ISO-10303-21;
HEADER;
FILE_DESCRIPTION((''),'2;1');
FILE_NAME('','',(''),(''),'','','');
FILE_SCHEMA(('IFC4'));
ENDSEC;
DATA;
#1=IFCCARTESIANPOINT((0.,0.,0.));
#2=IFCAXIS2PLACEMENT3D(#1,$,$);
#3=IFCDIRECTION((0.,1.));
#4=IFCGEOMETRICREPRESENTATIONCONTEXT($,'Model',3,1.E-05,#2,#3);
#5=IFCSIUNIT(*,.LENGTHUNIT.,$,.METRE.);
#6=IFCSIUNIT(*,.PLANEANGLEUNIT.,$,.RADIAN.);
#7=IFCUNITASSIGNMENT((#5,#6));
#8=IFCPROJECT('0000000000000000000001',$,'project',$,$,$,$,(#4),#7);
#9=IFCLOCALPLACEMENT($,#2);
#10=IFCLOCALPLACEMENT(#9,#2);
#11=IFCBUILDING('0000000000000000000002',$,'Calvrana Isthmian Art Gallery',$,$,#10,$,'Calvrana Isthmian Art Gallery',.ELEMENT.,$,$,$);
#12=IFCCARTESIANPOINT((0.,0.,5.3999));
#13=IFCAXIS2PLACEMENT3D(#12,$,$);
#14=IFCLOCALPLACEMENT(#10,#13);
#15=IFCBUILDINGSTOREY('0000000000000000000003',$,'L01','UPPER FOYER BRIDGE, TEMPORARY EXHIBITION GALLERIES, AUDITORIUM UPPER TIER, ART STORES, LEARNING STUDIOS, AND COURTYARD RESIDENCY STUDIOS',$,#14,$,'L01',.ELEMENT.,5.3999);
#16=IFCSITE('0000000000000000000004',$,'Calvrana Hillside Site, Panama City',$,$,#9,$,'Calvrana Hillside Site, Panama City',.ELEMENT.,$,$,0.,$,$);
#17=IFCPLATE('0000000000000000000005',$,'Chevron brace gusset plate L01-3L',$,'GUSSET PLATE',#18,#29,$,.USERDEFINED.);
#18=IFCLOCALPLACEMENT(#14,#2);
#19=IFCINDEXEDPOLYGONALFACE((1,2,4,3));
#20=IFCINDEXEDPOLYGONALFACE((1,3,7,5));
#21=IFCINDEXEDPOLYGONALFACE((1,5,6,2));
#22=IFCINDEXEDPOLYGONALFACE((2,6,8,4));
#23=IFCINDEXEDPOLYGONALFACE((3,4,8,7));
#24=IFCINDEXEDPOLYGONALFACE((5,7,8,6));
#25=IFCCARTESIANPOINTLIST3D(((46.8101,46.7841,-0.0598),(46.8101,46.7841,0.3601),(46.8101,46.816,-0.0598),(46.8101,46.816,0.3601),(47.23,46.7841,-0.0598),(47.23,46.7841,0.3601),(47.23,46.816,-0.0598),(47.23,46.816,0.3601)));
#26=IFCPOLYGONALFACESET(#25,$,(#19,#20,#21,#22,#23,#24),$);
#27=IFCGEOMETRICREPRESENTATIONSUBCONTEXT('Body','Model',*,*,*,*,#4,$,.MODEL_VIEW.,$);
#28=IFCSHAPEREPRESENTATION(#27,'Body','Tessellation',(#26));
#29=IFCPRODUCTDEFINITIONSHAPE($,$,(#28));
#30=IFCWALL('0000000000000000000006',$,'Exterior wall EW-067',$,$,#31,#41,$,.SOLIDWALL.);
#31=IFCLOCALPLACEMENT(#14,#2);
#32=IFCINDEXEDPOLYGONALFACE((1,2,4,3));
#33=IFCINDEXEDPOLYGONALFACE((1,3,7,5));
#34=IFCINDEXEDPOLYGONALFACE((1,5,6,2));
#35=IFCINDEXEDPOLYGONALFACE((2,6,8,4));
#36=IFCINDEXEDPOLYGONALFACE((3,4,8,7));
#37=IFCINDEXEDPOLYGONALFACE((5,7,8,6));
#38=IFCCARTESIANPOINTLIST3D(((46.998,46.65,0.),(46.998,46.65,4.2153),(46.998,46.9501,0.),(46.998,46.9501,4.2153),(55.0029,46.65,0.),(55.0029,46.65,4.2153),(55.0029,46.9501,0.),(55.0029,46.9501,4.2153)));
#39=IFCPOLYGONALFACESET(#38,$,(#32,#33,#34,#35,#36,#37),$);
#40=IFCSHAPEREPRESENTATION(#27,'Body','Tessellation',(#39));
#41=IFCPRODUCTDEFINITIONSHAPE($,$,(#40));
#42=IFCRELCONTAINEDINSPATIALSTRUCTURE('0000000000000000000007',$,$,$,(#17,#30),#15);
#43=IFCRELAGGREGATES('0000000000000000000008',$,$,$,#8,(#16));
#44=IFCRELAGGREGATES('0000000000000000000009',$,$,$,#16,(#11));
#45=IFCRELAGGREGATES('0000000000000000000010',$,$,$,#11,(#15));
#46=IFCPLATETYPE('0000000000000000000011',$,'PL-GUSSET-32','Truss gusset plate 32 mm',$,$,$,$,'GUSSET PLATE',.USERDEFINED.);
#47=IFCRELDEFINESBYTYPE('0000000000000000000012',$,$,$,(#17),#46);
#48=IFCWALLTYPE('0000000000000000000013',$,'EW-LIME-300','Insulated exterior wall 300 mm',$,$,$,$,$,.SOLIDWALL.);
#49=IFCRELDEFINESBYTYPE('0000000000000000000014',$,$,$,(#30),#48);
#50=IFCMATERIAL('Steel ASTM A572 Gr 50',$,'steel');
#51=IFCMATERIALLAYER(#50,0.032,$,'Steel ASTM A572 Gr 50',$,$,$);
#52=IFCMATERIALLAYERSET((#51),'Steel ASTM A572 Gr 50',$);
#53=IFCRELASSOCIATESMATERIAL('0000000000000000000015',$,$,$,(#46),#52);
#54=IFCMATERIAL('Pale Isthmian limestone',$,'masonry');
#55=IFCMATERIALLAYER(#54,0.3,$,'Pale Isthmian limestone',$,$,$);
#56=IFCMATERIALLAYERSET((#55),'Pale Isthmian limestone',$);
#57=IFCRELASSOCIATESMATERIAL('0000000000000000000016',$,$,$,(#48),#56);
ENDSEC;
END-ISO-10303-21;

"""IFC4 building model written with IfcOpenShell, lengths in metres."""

from ifc_helpers import new_model, si_unit, direction, frame, frame_2d, origin, origin_2d, place, context, subcontext, project, spatial, rectangle, extrude, material, layer, layer_set, type_object, element, save


model = new_model("IFC4")

# Units and contexts
model_context = context("Model", 3, precision=1e-05, world=origin(), true_north=direction((0.0, 1.0)))
body_context = subcontext(model_context, "Body", "Model", "MODEL_VIEW")
ifc_project = project(units=[si_unit("LENGTHUNIT", "METRE"), si_unit("PLANEANGLEUNIT", "RADIAN")], contexts=[model_context])

# Site, building, storey
site_placement = place(None, origin())
site = spatial("IfcSite", under=ifc_project, at=site_placement, Name="Calvrana Hillside Site, Panama City", LongName="Calvrana Hillside Site, Panama City", CompositionType="ELEMENT", RefElevation=0.0)
building_placement = place(site_placement, origin())
building = spatial("IfcBuilding", under=site, at=building_placement, Name="Calvrana Isthmian Art Gallery", LongName="Calvrana Isthmian Art Gallery", CompositionType="ELEMENT")
storey_placement = place(building_placement, frame((0.0, 0.0, 5.3999)))
storey = spatial("IfcBuildingStorey", under=building, at=storey_placement, Name="L01", Description="UPPER FOYER BRIDGE, TEMPORARY EXHIBITION GALLERIES, AUDITORIUM UPPER TIER, ART STORES, LEARNING STUDIOS, AND COURTYARD RESIDENCY STUDIOS", LongName="L01", CompositionType="ELEMENT", Elevation=5.3999)

# Plate
ifc_material_1 = material(Name="Steel ASTM A572 Gr 50", Category="steel")
ifc_layer_1 = layer(ifc_material_1, 0.032, Name="Steel ASTM A572 Gr 50")
ifc_layer_set_1 = layer_set([ifc_layer_1], Name="Steel ASTM A572 Gr 50")
plate_type_1 = type_object("IfcPlateType", Name="PL-GUSSET-32", Description="Truss gusset plate 32 mm", ElementType="GUSSET PLATE", PredefinedType="USERDEFINED", material=ifc_layer_set_1)
plate_1_placement = place(storey_placement, frame((47.02, 46.8, -0.0598), z_axis=(0.0, 0.0, 1.0), x_axis=(1.0, 0.0, 0.0)))
element("IfcPlate", 1, at=plate_1_placement, inside=storey, type_object=plate_type_1, Name="Chevron brace gusset plate L01-3L", ObjectType="GUSSET PLATE", PredefinedType="USERDEFINED", context=body_context, shape_type="SweptSolid", body=[
    extrude(rectangle(XDim=0.4199, YDim=0.032, at=origin_2d()), origin(), (0.0, 0.0, 1.0), 0.4199),
])

# Wall
ifc_material_2 = material(Name="Pale Isthmian limestone", Category="masonry")
ifc_layer_2 = layer(ifc_material_2, 0.3, Name="Pale Isthmian limestone")
ifc_layer_set_2 = layer_set([ifc_layer_2], Name="Pale Isthmian limestone")
wall_type = type_object("IfcWallType", Name="EW-LIME-300", Description="Insulated exterior wall 300 mm", PredefinedType="SOLIDWALL", material=ifc_layer_set_2)
wall_placement = place(storey_placement, frame((46.998, 46.8, 0.0), z_axis=(0.0, 0.0, 1.0), x_axis=(1.0, 0.0, 0.0)))
element("IfcWall", 2, at=wall_placement, inside=storey, type_object=wall_type, Name="Exterior wall EW-067", PredefinedType="SOLIDWALL", context=body_context, shape_type="SweptSolid", body=[
    extrude(rectangle(XDim=8.0049, YDim=0.3, at=frame_2d((4.0024, 0.0))), origin(), (0.0, 0.0, 1.0), 4.2153),
])

save(model, "model.ifc")
